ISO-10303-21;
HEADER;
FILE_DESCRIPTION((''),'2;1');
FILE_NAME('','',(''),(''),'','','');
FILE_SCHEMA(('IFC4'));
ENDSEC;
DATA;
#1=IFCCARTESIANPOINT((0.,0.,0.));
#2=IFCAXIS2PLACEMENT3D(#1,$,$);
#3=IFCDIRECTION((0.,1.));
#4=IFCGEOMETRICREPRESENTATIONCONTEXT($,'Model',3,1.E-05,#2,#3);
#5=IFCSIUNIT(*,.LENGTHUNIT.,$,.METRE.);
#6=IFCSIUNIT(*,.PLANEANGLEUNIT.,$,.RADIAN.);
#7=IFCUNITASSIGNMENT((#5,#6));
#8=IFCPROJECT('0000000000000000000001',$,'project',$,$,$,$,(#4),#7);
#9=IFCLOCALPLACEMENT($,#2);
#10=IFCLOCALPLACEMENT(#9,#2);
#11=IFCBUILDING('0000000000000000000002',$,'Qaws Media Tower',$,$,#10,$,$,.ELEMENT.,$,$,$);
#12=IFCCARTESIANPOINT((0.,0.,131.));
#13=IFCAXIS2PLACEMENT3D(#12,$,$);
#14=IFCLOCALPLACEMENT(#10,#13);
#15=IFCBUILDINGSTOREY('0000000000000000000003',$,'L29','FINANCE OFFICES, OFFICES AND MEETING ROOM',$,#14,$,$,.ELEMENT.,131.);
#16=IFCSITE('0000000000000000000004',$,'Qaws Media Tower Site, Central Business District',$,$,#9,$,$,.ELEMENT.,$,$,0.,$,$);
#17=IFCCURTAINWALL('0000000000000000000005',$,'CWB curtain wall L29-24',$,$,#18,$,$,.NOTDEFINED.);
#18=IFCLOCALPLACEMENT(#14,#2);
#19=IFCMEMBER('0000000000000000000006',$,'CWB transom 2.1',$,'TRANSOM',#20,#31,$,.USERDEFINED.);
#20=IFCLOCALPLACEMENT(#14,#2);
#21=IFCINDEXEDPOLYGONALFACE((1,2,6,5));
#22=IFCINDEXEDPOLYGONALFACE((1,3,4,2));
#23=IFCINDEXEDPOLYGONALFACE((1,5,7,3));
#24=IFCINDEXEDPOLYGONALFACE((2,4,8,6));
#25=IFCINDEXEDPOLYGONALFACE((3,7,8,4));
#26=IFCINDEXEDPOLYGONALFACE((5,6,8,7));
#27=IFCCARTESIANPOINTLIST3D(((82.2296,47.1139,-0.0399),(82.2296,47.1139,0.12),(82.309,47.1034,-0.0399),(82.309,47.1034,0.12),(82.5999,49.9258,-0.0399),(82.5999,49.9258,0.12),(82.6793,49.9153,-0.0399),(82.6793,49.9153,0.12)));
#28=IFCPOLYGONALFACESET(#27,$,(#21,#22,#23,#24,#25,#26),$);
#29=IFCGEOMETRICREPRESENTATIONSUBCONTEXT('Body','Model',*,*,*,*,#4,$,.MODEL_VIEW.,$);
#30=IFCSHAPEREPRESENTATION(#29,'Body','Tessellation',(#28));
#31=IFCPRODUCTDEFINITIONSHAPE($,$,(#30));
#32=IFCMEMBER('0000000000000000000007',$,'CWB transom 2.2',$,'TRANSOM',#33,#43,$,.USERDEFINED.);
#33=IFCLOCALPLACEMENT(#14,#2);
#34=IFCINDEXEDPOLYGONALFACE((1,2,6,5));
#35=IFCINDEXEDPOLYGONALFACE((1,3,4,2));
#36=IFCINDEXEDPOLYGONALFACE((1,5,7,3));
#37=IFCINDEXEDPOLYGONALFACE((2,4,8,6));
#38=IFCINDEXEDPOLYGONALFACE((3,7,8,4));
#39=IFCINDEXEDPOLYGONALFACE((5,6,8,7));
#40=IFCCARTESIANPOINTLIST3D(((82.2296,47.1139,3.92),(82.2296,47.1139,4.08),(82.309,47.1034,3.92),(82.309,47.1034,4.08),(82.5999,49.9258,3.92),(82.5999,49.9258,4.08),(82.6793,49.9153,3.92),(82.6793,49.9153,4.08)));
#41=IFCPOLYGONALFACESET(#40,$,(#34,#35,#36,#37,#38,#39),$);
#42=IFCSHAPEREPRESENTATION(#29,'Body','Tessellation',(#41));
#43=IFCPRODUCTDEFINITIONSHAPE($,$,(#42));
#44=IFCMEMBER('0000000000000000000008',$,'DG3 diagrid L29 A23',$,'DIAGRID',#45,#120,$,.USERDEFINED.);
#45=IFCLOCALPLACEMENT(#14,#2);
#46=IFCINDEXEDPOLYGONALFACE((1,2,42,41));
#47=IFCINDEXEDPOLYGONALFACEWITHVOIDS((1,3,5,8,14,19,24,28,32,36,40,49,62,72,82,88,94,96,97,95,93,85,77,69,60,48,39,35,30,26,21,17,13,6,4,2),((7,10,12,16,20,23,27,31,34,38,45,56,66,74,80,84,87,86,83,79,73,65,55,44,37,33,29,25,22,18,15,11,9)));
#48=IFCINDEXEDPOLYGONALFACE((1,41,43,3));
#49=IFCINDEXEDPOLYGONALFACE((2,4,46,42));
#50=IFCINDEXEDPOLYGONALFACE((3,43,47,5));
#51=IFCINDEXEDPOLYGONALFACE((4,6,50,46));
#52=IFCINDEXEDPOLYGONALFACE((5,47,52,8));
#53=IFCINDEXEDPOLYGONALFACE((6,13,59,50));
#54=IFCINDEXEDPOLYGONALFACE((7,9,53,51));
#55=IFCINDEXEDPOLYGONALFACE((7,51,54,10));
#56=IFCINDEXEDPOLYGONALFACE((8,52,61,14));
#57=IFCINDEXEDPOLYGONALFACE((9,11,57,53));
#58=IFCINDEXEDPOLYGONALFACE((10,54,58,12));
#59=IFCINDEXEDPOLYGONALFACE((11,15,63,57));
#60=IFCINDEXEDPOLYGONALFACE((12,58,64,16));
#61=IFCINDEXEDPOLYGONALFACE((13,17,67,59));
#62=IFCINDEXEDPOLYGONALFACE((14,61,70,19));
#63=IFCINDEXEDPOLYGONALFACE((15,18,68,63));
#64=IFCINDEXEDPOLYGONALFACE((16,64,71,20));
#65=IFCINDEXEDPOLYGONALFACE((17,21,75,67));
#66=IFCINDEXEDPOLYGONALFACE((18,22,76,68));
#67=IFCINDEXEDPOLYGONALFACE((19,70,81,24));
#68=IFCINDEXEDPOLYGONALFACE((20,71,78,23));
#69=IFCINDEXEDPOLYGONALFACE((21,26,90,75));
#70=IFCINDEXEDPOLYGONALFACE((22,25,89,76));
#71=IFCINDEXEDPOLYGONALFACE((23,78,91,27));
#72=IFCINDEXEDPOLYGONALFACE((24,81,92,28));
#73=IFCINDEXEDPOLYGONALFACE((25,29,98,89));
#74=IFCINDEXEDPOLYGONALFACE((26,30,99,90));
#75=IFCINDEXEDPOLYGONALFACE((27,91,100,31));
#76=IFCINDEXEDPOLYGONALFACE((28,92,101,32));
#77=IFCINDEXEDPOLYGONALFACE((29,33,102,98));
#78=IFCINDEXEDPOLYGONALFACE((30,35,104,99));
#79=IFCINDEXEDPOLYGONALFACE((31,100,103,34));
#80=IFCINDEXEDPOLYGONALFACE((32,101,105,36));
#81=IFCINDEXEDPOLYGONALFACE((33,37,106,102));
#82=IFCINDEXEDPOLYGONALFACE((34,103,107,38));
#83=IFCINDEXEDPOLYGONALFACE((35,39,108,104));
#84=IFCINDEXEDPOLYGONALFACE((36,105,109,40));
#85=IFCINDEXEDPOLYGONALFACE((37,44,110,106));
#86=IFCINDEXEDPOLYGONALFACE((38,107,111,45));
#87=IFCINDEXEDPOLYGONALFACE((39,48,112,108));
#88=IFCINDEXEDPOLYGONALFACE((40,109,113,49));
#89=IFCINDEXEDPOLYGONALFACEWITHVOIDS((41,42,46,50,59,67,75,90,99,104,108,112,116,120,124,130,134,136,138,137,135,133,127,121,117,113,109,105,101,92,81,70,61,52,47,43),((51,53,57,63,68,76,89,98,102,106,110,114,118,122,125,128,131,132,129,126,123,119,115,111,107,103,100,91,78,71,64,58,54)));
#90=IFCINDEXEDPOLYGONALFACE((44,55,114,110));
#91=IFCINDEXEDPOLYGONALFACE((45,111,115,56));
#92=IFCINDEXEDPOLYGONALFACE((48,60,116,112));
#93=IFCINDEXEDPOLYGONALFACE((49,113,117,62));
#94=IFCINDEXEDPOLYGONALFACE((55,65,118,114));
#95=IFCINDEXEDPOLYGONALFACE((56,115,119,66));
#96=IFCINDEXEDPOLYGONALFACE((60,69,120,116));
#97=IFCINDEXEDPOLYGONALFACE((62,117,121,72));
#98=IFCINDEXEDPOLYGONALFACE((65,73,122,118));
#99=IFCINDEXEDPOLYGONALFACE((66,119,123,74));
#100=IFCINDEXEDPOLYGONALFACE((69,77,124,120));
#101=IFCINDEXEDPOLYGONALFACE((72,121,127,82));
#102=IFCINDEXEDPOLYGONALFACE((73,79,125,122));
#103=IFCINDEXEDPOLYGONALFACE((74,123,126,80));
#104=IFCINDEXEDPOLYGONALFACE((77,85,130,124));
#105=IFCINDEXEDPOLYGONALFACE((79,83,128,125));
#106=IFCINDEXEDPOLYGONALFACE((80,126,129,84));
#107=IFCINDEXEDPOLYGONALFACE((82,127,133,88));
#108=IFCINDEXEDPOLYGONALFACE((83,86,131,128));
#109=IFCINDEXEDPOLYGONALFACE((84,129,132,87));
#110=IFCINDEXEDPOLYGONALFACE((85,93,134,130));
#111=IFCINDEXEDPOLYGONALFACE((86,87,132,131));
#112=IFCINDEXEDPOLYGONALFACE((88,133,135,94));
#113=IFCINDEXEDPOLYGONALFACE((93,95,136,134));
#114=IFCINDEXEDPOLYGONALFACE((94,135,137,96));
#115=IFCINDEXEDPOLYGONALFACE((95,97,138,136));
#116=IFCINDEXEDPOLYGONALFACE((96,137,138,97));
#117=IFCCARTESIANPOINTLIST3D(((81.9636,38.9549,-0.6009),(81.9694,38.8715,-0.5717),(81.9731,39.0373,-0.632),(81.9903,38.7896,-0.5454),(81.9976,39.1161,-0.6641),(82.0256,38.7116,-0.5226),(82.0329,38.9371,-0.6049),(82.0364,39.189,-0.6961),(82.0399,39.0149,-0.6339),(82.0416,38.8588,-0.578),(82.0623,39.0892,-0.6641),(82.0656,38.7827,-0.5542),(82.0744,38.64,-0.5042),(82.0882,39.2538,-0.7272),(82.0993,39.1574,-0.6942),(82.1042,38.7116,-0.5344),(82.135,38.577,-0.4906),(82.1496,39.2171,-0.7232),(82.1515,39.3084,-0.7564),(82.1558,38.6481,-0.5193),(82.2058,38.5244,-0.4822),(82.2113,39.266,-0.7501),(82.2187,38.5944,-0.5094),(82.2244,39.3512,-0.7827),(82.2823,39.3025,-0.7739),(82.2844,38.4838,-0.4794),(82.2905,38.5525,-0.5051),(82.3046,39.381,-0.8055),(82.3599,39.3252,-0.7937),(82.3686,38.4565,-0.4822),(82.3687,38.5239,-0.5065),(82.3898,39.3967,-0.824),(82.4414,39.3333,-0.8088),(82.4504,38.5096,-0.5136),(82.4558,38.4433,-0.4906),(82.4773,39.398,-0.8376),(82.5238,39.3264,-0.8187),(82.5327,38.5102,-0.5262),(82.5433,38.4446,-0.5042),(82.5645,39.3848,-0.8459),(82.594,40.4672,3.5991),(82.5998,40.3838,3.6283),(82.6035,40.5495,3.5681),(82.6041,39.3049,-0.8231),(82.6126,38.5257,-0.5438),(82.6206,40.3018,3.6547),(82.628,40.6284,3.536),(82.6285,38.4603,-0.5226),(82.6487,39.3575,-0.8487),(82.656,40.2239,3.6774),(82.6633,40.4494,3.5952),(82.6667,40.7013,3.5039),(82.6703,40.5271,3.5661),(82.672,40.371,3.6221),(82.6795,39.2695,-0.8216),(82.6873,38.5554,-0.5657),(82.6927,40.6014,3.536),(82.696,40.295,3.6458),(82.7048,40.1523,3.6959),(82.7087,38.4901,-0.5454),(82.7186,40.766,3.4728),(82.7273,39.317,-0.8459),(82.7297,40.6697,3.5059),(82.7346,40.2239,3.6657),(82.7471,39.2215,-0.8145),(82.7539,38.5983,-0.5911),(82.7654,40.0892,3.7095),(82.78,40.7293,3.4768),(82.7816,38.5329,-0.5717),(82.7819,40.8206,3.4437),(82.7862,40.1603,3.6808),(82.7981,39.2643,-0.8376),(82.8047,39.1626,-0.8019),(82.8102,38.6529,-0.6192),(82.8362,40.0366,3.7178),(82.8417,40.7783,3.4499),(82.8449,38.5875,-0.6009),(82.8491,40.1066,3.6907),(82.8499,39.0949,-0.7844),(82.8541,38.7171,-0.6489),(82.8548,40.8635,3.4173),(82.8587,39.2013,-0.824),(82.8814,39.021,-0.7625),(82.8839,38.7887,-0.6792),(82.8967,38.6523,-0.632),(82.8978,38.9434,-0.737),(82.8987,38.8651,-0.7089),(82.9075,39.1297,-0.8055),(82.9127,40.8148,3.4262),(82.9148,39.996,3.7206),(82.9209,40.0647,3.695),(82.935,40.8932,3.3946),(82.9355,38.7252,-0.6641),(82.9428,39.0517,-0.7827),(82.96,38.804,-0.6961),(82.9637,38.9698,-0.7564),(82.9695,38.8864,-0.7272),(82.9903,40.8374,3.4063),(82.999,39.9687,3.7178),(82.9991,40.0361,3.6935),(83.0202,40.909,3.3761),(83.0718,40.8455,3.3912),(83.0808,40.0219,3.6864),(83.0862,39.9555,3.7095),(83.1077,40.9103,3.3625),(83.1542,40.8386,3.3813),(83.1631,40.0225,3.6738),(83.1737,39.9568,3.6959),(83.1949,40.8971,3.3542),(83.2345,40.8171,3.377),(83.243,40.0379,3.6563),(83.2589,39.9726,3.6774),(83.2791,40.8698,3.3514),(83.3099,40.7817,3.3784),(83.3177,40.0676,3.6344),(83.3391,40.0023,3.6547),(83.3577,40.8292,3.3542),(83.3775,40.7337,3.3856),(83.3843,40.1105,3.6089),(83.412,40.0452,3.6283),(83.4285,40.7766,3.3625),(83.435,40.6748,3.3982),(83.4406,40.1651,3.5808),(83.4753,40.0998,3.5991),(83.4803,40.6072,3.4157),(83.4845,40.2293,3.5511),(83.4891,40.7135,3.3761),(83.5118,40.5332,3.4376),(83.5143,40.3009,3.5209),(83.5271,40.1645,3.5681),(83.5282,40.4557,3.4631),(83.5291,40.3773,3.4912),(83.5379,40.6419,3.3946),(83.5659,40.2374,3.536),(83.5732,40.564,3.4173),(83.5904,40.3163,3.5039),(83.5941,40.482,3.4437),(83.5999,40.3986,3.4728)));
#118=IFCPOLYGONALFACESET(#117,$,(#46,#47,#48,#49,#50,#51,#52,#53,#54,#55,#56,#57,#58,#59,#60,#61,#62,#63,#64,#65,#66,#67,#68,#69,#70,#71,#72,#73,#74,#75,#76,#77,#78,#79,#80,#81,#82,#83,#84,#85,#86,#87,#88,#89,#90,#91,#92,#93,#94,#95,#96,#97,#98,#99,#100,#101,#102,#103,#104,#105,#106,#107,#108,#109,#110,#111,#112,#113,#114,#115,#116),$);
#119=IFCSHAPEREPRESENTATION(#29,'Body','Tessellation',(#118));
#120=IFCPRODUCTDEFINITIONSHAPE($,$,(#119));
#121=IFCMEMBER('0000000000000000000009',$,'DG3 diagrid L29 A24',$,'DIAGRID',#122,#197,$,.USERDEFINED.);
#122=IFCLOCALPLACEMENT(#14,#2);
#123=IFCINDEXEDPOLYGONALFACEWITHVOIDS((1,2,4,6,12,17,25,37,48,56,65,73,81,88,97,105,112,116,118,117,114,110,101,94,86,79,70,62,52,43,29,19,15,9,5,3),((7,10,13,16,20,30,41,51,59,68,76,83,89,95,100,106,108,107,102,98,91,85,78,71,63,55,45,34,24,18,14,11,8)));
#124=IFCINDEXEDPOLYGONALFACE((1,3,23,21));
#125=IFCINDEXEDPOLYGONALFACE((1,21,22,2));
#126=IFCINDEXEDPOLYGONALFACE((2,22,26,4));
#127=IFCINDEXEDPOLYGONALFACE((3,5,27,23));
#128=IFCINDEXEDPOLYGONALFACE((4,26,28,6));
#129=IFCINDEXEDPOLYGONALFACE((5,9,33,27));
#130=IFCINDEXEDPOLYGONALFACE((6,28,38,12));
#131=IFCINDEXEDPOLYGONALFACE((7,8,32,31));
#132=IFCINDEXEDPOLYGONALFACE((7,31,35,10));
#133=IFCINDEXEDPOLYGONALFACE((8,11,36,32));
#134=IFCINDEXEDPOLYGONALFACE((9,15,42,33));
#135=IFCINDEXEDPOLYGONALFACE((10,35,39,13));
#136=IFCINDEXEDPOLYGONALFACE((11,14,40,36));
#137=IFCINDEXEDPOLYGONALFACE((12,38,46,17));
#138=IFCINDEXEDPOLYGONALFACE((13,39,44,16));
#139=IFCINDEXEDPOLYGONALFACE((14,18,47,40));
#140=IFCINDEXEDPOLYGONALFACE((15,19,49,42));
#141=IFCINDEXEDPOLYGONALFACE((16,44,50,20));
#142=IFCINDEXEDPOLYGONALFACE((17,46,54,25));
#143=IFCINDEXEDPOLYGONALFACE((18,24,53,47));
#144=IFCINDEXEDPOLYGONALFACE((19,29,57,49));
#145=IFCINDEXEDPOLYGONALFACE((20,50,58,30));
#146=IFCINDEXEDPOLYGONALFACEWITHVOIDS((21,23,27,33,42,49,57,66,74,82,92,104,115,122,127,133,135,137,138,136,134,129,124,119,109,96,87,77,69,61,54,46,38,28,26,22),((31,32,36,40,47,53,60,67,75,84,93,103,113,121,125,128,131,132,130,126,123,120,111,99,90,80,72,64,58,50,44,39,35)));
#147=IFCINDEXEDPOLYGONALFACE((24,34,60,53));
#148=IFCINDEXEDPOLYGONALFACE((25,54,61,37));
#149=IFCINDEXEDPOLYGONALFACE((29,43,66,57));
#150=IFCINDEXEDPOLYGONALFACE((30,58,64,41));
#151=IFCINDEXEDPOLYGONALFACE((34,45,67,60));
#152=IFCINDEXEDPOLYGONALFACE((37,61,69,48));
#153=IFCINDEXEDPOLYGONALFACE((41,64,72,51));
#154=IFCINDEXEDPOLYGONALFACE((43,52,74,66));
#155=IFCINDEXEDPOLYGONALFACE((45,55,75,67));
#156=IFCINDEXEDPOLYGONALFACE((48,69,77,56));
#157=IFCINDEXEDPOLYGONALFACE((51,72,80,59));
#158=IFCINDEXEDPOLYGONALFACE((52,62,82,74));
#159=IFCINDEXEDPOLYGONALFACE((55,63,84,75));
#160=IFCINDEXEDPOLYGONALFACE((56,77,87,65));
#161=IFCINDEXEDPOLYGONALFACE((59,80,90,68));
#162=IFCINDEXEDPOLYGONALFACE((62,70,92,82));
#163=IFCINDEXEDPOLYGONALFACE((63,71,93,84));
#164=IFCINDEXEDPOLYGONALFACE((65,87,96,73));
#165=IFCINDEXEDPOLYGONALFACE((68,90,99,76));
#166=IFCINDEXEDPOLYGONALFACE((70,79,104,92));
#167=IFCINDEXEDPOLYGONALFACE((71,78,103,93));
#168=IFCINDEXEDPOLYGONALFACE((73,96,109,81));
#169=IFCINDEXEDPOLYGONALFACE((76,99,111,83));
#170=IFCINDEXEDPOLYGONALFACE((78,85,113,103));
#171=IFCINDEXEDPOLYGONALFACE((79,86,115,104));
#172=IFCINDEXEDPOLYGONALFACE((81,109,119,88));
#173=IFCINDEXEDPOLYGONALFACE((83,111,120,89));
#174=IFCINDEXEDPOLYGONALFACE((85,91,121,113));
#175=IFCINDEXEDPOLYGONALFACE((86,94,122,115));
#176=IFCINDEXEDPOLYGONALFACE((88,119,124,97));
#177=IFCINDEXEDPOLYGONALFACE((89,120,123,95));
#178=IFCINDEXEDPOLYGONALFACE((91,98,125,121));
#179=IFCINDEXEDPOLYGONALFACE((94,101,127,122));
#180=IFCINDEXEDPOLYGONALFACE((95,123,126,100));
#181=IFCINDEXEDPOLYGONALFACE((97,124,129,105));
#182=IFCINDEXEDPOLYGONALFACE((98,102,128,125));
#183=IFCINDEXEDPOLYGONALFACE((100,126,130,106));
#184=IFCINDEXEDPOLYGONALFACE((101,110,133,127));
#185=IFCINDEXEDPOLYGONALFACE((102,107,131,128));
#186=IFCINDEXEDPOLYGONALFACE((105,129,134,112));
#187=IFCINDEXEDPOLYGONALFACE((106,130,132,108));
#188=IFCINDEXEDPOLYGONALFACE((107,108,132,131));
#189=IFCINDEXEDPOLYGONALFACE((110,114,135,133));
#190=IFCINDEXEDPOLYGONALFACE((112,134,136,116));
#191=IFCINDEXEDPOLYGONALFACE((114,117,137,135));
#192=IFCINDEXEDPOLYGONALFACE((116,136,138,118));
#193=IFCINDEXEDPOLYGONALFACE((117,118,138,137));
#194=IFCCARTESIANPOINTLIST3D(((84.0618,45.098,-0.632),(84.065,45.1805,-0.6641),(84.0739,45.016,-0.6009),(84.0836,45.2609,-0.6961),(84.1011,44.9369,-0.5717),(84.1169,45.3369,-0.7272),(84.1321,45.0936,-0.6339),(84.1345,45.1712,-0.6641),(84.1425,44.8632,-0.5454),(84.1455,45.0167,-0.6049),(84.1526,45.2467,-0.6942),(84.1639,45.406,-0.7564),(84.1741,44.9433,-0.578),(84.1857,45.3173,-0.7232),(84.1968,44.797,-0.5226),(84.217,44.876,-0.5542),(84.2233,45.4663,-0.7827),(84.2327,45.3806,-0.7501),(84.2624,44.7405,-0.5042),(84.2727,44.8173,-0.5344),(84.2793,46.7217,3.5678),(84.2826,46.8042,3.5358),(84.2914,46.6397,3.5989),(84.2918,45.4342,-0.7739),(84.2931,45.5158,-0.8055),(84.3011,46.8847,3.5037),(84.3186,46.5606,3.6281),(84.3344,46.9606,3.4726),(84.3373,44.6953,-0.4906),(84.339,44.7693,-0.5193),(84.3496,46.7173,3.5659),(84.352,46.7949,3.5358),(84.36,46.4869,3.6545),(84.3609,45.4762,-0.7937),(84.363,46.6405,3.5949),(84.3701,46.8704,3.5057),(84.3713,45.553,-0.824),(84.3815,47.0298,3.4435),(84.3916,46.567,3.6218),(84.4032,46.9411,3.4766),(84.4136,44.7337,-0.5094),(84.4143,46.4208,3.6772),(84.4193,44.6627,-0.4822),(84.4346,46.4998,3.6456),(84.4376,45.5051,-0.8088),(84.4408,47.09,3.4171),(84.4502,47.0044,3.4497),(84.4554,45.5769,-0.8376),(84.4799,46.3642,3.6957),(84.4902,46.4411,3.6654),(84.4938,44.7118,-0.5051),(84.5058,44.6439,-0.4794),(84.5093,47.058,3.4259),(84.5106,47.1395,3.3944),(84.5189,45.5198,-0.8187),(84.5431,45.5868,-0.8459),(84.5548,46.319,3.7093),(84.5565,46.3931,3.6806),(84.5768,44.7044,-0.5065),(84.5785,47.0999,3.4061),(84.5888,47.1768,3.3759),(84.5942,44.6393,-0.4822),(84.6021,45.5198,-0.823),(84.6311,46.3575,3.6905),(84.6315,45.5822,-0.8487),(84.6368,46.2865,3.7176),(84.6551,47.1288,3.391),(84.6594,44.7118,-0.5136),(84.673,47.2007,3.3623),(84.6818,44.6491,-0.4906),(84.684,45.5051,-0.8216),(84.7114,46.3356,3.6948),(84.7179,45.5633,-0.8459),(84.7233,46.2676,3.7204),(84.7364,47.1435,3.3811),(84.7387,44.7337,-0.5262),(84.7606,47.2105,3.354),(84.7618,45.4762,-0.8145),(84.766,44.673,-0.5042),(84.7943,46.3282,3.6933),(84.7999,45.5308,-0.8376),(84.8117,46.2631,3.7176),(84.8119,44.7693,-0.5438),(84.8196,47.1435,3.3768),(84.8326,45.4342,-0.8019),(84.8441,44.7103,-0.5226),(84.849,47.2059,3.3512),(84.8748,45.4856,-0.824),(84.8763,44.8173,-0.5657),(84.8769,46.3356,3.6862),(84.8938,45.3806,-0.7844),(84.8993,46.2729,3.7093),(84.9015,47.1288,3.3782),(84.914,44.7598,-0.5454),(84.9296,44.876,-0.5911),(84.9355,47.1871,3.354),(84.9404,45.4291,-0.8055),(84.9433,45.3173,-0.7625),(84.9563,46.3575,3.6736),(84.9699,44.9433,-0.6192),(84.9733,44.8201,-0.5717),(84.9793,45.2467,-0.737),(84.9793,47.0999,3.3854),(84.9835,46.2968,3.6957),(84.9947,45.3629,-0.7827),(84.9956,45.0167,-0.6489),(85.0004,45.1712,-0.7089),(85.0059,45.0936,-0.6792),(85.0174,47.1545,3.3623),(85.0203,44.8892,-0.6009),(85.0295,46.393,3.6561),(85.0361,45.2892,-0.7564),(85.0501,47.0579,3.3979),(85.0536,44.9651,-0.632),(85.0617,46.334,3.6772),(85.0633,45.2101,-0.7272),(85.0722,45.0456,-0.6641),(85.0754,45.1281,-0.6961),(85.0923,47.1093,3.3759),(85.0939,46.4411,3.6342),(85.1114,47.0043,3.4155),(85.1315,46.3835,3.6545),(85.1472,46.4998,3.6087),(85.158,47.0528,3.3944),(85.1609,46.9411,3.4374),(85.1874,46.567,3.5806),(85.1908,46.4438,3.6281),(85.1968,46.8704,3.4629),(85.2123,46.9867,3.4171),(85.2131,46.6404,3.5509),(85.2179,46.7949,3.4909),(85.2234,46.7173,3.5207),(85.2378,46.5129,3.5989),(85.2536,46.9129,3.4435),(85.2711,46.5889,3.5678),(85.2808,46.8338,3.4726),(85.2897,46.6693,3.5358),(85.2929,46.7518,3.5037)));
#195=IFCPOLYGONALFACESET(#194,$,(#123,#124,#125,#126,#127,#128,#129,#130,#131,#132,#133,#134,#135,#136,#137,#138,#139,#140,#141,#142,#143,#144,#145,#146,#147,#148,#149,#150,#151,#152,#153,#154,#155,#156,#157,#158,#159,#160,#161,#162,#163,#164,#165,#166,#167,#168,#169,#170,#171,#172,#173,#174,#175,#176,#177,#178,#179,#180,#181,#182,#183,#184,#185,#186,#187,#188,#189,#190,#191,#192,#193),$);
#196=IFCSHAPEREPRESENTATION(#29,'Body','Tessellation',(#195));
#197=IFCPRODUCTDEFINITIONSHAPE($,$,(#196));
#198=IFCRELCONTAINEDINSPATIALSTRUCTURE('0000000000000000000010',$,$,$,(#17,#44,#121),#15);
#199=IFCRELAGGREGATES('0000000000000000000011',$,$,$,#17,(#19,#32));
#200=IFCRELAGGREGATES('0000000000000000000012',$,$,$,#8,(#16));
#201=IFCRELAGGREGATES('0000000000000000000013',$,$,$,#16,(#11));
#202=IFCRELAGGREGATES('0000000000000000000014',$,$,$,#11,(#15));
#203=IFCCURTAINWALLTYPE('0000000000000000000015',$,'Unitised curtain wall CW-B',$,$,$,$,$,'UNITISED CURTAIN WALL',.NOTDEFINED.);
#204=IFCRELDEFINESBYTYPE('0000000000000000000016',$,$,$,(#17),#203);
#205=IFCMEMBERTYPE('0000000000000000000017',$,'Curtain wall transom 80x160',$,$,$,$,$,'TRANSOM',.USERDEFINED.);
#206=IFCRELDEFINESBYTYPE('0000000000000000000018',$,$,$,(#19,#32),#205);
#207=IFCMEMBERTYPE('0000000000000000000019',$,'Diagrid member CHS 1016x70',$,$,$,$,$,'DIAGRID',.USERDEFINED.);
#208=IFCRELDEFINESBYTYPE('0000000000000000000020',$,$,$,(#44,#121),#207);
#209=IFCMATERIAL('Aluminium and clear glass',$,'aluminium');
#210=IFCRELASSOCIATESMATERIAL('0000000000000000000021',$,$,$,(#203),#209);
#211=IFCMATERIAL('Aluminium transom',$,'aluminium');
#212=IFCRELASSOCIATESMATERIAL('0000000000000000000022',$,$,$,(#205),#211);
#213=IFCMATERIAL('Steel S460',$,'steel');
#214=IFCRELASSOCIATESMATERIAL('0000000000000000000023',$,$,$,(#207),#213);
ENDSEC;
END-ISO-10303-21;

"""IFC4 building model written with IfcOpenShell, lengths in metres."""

from ifc_helpers import new_model, si_unit, direction, frame, origin, origin_2d, place, context, subcontext, project, spatial, rectangle, hollow_circle, extrude, material, material_profile, profile_set, type_object, element, aggregate, save


model = new_model("IFC4")

# Units and contexts
model_context = context("Model", 3, precision=1e-05, world=origin(), true_north=direction((0.0, 1.0)))
body_context = subcontext(model_context, "Body", "Model", "MODEL_VIEW")
ifc_project = project(units=[si_unit("LENGTHUNIT", "METRE"), si_unit("PLANEANGLEUNIT", "RADIAN")], contexts=[model_context])

# Site, building, storey
site_placement = place(None, origin())
site = spatial("IfcSite", under=ifc_project, at=site_placement, Name="Qaws Media Tower Site, Central Business District", CompositionType="ELEMENT", RefElevation=0.0)
building_placement = place(site_placement, origin())
building = spatial("IfcBuilding", under=site, at=building_placement, Name="Qaws Media Tower", CompositionType="ELEMENT")
storey_placement = place(building_placement, frame((0.0, 0.0, 131.0)))
storey = spatial("IfcBuildingStorey", under=building, at=storey_placement, Name="L29", Description="FINANCE OFFICES, OFFICES AND MEETING ROOM", CompositionType="ELEMENT", Elevation=131.0)

# Curtain wall
ifc_material_1 = material(Name="Aluminium and clear glass", Category="aluminium")
curtain_wall_type = type_object("IfcCurtainWallType", Name="Unitised curtain wall CW-B", ElementType="UNITISED CURTAIN WALL", PredefinedType="NOTDEFINED", material=ifc_material_1)
curtain_wall_1_placement = place(storey_placement, origin())
curtain_wall_1 = element("IfcCurtainWall", 1, at=curtain_wall_1_placement, inside=storey, type_object=curtain_wall_type, Name="CWB curtain wall L29-24", PredefinedType="NOTDEFINED")

# Members
ifc_material_2 = material(Name="Aluminium transom", Category="aluminium")
ifc_material_profile_1 = material_profile(ifc_material_2, rectangle(XDim=0.0801, YDim=0.1599, at=origin_2d()), Name="80x160")
ifc_profile_set_1 = profile_set([ifc_material_profile_1], Name="Aluminium transom")
member_type_1 = type_object("IfcMemberType", Name="Curtain wall transom 80x160", ElementType="TRANSOM", PredefinedType="USERDEFINED", material=ifc_profile_set_1)
member_1_placement = place(storey_placement, frame((82.2693, 47.1086, 0.04), z_axis=(0.130579, 0.991438, 0.0), x_axis=(-0.991438, 0.130579, 0.0)))
member_1 = element("IfcMember", 2, at=member_1_placement, type_object=member_type_1, Name="CWB transom 2.1", ObjectType="TRANSOM", PredefinedType="USERDEFINED", context=body_context, shape_type="SweptSolid", body=[
    extrude(rectangle(XDim=0.0801, YDim=0.1599, at=origin_2d()), origin(), (0.0, 0.0, 1.0), 2.8362),
])
member_2_placement = place(storey_placement, frame((82.2693, 47.1086, 4.0), z_axis=(0.130579, 0.991438, 0.0), x_axis=(-0.991438, 0.130579, 0.0)))
member_2 = element("IfcMember", 3, at=member_2_placement, type_object=member_type_1, Name="CWB transom 2.2", ObjectType="TRANSOM", PredefinedType="USERDEFINED", context=body_context, shape_type="SweptSolid", body=[
    extrude(rectangle(XDim=0.0801, YDim=0.1599, at=origin_2d()), origin(), (0.0, 0.0, 1.0), 2.8362),
])

# Members
ifc_material_3 = material(Name="Steel S460", Category="steel")
ifc_material_profile_2 = material_profile(ifc_material_3, hollow_circle(Radius=0.5081, WallThickness=0.0701, at=origin_2d()), Name="CHS 1016x70")
ifc_profile_set_2 = profile_set([ifc_material_profile_2], Name="Steel S460")
member_type_2 = type_object("IfcMemberType", Name="Diagrid member CHS 1016x70", ElementType="DIAGRID", PredefinedType="USERDEFINED", material=ifc_profile_set_2)
member_3_placement = place(storey_placement, frame((82.4666, 38.9207, -0.6641), z_axis=(0.139828, 0.335436, 0.931628), x_axis=(-0.923015, 0.384764, 0.0)))
element("IfcMember", 4, at=member_3_placement, inside=storey, type_object=member_type_2, Name="DG3 diagrid L29 A23", ObjectType="DIAGRID", PredefinedType="USERDEFINED", context=body_context, shape_type="SweptSolid", body=[
    extrude(hollow_circle(Radius=0.5081, WallThickness=0.0701, at=origin_2d()), origin(), (0.0, 0.0, 1.0), 4.5083),
])
member_4_placement = place(storey_placement, frame((84.5686, 45.113, -0.6641), z_axis=(0.048252, 0.360186, 0.931632), x_axis=(-0.991146, 0.132779, 0.0)))
element("IfcMember", 5, at=member_4_placement, inside=storey, type_object=member_type_2, Name="DG3 diagrid L29 A24", ObjectType="DIAGRID", PredefinedType="USERDEFINED", context=body_context, shape_type="SweptSolid", body=[
    extrude(hollow_circle(Radius=0.5081, WallThickness=0.0701, at=origin_2d()), origin(), (0.0, 0.0, 1.0), 4.5081),
])

aggregate(curtain_wall_1, [member_1, member_2])

save(model, "model.ifc")
